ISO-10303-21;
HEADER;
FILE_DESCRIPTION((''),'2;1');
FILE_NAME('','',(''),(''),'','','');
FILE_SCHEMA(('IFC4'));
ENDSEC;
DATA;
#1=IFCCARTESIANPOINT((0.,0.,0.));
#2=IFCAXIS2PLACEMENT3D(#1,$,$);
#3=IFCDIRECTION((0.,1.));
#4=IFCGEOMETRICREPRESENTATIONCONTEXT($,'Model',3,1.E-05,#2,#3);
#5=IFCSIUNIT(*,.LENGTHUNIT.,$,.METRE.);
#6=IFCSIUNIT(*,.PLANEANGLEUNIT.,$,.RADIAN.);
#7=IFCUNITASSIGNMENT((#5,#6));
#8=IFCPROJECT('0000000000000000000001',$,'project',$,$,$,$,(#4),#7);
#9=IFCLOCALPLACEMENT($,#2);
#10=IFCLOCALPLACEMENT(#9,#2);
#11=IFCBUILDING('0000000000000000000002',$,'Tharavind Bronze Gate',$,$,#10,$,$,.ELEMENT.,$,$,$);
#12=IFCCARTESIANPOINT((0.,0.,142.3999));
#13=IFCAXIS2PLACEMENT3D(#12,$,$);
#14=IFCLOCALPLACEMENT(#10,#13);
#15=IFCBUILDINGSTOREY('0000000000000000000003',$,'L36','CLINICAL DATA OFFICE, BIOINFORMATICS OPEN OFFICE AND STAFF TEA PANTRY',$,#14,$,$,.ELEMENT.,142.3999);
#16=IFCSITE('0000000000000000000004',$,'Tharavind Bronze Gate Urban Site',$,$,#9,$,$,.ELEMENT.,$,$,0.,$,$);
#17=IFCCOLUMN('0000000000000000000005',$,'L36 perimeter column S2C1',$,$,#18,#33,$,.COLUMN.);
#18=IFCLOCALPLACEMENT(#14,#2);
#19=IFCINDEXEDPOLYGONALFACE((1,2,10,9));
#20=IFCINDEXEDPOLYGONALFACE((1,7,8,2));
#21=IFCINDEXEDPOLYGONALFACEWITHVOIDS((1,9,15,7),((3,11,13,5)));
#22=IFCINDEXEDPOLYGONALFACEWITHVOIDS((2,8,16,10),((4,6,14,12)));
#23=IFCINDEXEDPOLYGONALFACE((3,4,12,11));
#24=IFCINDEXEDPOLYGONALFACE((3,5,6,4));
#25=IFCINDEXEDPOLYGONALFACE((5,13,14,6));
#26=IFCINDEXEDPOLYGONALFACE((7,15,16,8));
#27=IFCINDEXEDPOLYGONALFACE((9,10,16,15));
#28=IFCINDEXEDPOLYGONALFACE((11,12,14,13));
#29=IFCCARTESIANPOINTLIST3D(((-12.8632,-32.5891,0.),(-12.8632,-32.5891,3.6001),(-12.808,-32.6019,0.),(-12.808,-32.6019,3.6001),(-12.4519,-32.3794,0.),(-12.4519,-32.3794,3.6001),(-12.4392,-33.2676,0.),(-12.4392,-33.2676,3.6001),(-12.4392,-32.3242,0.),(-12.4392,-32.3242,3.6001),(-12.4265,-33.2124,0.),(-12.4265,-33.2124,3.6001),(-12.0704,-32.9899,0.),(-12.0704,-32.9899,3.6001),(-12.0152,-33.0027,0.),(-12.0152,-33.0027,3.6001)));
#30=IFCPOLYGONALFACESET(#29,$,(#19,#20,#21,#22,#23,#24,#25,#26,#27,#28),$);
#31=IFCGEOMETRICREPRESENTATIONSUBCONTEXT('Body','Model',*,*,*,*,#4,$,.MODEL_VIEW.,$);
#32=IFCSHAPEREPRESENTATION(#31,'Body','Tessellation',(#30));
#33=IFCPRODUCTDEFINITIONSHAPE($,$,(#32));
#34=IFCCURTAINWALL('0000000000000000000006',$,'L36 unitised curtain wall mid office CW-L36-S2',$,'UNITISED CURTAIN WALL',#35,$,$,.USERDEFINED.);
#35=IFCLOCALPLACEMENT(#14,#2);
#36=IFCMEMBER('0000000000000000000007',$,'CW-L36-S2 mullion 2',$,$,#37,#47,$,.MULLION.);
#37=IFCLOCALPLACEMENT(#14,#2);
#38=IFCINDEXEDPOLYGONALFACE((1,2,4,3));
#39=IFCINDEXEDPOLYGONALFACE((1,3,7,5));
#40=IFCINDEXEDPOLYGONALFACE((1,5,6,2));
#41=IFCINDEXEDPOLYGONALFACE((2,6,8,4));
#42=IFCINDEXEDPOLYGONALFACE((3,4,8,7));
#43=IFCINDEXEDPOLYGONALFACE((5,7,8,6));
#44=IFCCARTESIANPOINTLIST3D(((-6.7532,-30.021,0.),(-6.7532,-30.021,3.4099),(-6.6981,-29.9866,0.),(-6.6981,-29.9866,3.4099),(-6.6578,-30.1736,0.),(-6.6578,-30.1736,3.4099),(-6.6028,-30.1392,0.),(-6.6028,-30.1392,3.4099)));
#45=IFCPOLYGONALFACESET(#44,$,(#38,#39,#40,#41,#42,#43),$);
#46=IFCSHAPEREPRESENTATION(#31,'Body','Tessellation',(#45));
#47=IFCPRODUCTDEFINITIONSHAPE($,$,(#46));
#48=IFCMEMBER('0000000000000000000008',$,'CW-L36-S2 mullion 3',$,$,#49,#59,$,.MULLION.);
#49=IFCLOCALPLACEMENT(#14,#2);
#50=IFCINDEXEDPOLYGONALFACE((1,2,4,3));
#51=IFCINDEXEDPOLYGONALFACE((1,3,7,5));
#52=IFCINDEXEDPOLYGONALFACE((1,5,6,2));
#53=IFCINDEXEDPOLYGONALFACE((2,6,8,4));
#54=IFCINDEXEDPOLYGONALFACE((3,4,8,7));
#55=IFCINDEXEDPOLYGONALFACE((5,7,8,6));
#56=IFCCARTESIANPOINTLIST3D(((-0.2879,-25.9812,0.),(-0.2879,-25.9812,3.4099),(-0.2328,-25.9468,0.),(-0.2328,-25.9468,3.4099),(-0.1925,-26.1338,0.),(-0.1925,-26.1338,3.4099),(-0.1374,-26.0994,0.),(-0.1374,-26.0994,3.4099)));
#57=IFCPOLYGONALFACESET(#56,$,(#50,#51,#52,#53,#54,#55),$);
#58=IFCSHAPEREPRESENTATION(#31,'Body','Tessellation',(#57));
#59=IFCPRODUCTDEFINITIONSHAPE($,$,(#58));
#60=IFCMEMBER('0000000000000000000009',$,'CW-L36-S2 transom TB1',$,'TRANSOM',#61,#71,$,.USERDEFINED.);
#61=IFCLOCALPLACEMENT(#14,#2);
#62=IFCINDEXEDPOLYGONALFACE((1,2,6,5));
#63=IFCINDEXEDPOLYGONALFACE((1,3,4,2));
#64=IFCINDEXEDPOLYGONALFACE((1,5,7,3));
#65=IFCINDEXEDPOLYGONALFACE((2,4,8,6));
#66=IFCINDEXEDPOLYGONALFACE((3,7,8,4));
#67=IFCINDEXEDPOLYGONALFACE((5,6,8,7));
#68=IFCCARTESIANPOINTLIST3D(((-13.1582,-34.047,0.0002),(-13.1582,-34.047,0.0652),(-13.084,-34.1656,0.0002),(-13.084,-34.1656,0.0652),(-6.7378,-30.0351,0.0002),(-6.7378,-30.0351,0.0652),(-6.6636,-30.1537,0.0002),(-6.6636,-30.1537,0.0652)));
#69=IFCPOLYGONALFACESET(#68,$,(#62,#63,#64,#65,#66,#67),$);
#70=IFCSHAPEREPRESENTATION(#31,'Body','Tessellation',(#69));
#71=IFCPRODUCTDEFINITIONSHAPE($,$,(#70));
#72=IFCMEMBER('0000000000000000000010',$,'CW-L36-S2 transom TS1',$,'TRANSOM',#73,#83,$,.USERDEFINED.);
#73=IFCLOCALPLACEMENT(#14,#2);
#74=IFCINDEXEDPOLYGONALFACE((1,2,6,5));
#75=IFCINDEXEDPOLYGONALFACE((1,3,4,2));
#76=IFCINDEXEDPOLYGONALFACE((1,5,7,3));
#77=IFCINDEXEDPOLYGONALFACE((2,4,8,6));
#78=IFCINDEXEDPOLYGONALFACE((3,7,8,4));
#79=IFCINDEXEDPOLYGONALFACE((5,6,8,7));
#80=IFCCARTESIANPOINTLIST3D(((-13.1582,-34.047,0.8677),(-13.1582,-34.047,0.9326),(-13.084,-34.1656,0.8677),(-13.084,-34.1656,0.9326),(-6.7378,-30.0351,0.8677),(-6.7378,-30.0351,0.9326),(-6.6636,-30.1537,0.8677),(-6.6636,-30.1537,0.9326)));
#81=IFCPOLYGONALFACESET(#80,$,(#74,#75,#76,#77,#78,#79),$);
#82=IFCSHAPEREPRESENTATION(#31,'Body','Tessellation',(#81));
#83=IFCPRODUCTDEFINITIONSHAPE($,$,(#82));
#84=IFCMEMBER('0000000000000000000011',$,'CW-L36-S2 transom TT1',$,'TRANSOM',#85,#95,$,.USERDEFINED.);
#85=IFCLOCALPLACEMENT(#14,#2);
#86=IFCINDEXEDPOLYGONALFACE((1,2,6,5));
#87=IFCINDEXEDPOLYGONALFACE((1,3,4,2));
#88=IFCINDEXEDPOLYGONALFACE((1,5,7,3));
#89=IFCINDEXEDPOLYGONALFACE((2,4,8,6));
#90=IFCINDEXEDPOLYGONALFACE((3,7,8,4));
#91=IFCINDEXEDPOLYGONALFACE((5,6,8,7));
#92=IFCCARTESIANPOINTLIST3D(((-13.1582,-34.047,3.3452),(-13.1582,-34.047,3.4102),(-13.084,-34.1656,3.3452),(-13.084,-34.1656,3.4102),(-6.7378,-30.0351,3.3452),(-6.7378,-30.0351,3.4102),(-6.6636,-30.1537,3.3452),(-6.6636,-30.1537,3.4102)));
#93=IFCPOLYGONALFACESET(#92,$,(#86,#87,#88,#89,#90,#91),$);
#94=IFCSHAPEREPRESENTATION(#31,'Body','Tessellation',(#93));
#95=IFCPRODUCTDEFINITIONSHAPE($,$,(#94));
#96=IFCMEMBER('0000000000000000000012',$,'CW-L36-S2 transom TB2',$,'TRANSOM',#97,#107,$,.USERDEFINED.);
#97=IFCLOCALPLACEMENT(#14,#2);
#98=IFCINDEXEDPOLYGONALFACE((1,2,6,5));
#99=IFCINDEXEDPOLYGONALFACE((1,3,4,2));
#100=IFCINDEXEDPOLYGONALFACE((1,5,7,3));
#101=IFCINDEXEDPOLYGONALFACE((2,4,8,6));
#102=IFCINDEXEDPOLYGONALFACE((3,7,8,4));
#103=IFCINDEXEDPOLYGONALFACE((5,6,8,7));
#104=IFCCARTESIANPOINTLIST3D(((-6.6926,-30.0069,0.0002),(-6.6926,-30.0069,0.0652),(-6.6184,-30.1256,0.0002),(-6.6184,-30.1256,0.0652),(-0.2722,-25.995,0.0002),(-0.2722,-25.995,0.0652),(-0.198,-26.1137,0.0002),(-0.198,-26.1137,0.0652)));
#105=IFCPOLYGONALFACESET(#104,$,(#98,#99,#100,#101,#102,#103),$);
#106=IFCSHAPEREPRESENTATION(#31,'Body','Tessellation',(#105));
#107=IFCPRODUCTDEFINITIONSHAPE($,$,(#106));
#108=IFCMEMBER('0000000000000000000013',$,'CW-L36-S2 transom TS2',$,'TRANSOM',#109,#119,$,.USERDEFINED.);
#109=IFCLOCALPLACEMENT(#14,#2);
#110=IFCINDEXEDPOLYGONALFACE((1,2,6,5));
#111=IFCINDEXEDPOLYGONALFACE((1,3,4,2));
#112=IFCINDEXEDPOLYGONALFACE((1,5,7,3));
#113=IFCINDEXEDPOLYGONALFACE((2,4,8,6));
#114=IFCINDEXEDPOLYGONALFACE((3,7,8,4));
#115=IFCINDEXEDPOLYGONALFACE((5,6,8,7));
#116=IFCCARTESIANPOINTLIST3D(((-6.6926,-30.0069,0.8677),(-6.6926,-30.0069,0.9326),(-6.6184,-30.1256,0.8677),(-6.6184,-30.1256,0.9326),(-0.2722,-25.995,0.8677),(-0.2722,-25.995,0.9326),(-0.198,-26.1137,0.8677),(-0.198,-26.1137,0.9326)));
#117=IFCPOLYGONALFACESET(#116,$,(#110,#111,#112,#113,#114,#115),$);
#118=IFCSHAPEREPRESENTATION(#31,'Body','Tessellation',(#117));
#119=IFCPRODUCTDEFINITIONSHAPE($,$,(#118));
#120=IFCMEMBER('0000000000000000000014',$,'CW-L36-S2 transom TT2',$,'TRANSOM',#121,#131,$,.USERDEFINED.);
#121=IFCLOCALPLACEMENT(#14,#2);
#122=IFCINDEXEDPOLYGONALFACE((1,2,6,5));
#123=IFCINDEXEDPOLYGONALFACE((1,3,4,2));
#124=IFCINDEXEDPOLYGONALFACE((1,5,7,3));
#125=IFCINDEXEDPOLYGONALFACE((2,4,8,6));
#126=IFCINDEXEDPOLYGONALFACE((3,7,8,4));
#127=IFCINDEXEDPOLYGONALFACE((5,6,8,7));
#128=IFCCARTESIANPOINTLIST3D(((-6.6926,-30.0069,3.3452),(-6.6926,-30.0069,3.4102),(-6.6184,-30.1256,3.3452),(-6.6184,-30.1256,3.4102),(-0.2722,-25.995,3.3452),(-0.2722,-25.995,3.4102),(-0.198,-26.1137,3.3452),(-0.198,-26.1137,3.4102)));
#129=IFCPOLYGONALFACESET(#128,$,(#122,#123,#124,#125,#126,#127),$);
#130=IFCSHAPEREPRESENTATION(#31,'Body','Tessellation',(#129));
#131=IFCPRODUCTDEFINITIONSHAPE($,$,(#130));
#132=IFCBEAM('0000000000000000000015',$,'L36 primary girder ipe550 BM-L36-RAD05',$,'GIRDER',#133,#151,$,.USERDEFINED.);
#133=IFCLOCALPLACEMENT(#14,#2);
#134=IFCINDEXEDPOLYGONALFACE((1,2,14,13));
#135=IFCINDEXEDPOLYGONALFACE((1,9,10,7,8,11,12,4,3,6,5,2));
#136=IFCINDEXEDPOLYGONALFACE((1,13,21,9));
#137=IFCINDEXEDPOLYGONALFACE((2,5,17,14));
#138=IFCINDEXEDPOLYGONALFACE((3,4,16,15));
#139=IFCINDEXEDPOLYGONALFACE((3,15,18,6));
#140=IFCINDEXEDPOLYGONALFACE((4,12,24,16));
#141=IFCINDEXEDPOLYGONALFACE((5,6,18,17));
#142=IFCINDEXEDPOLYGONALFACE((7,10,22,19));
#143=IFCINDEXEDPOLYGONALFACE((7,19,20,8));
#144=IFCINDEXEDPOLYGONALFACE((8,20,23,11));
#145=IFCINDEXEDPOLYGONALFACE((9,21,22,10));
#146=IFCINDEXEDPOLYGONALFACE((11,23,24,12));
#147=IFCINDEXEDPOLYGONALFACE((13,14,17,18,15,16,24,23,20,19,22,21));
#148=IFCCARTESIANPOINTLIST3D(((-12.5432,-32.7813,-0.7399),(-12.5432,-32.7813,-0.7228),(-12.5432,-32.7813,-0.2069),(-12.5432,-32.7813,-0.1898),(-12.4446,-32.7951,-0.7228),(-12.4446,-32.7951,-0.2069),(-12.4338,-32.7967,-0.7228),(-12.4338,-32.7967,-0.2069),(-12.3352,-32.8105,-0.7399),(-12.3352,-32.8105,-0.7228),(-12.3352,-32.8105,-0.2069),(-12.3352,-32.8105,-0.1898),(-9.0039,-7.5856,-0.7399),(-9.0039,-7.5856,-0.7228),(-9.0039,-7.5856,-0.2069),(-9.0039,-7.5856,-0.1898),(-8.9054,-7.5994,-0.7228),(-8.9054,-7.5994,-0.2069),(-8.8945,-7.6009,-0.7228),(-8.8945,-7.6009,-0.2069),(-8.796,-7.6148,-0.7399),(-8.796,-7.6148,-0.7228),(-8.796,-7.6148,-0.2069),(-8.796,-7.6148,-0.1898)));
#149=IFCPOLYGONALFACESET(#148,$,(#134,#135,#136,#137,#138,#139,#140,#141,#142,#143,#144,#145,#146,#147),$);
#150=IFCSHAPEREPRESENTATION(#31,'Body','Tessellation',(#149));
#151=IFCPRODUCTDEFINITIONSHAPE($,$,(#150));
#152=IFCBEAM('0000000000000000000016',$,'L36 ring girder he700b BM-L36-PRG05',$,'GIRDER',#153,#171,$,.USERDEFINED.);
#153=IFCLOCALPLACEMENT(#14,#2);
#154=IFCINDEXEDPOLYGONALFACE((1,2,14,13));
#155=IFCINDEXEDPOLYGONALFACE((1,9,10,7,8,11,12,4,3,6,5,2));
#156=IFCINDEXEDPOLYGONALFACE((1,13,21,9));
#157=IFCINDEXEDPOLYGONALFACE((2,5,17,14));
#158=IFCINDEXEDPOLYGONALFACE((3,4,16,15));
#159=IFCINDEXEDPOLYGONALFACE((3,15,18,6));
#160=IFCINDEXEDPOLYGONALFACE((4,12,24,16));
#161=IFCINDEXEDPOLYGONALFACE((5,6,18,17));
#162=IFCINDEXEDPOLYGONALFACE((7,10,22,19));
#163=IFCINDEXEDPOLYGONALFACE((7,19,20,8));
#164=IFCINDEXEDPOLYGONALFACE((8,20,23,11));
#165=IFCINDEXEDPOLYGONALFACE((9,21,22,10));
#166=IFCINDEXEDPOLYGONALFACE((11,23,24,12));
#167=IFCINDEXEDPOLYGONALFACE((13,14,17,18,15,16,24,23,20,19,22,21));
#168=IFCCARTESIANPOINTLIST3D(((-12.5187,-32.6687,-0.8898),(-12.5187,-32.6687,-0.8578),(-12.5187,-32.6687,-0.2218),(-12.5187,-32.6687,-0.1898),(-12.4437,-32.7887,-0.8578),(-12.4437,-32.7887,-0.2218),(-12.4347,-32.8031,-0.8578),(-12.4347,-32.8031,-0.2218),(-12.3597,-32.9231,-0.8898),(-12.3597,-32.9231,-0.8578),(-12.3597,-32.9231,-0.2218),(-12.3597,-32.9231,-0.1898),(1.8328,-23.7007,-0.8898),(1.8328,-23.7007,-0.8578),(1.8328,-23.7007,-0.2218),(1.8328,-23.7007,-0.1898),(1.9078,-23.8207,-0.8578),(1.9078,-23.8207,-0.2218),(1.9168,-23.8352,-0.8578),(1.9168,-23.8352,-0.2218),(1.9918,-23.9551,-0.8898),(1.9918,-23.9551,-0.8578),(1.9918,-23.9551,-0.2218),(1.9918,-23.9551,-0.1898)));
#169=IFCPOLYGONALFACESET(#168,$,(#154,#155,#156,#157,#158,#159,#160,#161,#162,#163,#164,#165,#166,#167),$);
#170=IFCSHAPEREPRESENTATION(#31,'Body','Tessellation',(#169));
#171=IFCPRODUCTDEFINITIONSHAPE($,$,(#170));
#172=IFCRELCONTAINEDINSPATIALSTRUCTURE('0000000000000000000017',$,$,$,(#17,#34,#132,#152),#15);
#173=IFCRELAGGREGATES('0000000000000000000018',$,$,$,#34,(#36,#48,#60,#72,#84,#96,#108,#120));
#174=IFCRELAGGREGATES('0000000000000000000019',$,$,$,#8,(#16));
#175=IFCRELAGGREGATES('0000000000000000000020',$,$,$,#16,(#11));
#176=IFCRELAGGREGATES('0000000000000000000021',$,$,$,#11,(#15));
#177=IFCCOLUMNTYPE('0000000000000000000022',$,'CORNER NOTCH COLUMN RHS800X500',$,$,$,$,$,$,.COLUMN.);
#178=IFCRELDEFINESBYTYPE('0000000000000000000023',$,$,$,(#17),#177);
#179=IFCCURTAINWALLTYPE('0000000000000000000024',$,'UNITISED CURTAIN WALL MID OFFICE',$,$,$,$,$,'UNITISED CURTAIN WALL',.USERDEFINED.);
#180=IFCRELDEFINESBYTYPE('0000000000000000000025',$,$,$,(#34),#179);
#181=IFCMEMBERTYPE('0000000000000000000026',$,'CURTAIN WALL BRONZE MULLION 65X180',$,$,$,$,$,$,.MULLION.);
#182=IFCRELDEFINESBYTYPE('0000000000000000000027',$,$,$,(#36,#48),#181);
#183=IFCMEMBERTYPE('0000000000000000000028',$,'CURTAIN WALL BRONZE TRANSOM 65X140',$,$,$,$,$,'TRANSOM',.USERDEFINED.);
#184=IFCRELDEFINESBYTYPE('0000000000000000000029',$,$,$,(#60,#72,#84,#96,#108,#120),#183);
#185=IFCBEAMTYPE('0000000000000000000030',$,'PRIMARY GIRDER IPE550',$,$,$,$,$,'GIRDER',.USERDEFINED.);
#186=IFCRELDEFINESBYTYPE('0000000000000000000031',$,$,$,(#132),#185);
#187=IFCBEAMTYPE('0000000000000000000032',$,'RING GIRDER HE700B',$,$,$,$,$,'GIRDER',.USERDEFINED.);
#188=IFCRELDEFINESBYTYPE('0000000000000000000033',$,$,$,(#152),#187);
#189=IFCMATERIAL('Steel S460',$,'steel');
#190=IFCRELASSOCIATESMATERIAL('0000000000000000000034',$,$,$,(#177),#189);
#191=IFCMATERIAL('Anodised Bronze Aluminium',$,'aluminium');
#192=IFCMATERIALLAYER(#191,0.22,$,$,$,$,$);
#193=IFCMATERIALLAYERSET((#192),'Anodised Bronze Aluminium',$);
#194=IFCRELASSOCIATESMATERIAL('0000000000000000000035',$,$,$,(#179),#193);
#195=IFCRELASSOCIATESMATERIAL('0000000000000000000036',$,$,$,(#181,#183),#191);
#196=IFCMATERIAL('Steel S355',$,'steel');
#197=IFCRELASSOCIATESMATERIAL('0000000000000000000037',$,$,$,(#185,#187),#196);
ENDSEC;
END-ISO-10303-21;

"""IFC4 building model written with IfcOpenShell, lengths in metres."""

from ifc_helpers import new_model, si_unit, direction, frame, origin, origin_2d, place, context, subcontext, project, spatial, rectangle, hollow_rectangle, i_section, extrude, material, layer, layer_set, material_profile, profile_set, type_object, element, aggregate, save


model = new_model("IFC4")

# Units and contexts
model_context = context("Model", 3, precision=1e-05, world=origin(), true_north=direction((0.0, 1.0)))
body_context = subcontext(model_context, "Body", "Model", "MODEL_VIEW")
ifc_project = project(units=[si_unit("LENGTHUNIT", "METRE"), si_unit("PLANEANGLEUNIT", "RADIAN")], contexts=[model_context])

# Site, building, storey
site_placement = place(None, origin())
site = spatial("IfcSite", under=ifc_project, at=site_placement, Name="Tharavind Bronze Gate Urban Site", CompositionType="ELEMENT", RefElevation=0.0)
building_placement = place(site_placement, origin())
building = spatial("IfcBuilding", under=site, at=building_placement, Name="Tharavind Bronze Gate", CompositionType="ELEMENT")
storey_placement = place(building_placement, frame((0.0, 0.0, 142.3999)))
storey = spatial("IfcBuildingStorey", under=building, at=storey_placement, Name="L36", Description="CLINICAL DATA OFFICE, BIOINFORMATICS OPEN OFFICE AND STAFF TEA PANTRY", CompositionType="ELEMENT", Elevation=142.3999)

# Column
ifc_material_1 = material(Name="Steel S460", Category="steel")
ifc_material_profile_1 = material_profile(ifc_material_1, hollow_rectangle(XDim=0.5, YDim=0.8, WallThickness=0.04, at=origin_2d()), Name="RHS800X500X40")
ifc_profile_set_1 = profile_set([ifc_material_profile_1], Name="Steel S460")
column_type = type_object("IfcColumnType", Name="CORNER NOTCH COLUMN RHS800X500", PredefinedType="COLUMN", material=ifc_profile_set_1)
column_placement = place(storey_placement, frame((-12.4392, -32.7959, 0.0), z_axis=(0.0, 0.0, 1.0), x_axis=(0.848047, 0.529921, 0.0)))
element("IfcColumn", 1, at=column_placement, inside=storey, type_object=column_type, Name="L36 perimeter column S2C1", PredefinedType="COLUMN", context=body_context, shape_type="SweptSolid", body=[
    extrude(hollow_rectangle(XDim=0.5, YDim=0.8, WallThickness=0.04, at=origin_2d()), origin(), (0.0, 0.0, 1.0), 3.6001),
])

# Curtain wall, members
ifc_material_2 = material(Name="Anodised Bronze Aluminium", Category="aluminium")
ifc_layer_1 = layer(ifc_material_2, 0.22)
ifc_layer_set_1 = layer_set([ifc_layer_1], Name="Anodised Bronze Aluminium")
curtain_wall_type = type_object("IfcCurtainWallType", Name="UNITISED CURTAIN WALL MID OFFICE", ElementType="UNITISED CURTAIN WALL", PredefinedType="USERDEFINED", material=ifc_layer_set_1)
curtain_wall_placement = place(storey_placement, origin())
curtain_wall = element("IfcCurtainWall", 2, at=curtain_wall_placement, inside=storey, type_object=curtain_wall_type, Name="L36 unitised curtain wall mid office CW-L36-S2", ObjectType="UNITISED CURTAIN WALL", PredefinedType="USERDEFINED")
member_type_1 = type_object("IfcMemberType", Name="CURTAIN WALL BRONZE MULLION 65X180", PredefinedType="MULLION", material=ifc_material_2)
member_1_placement = place(storey_placement, frame((-6.678, -30.0801, 0.0), z_axis=(0.0, 0.0, 1.0), x_axis=(0.848048, 0.529919, 0.0)))
member_1 = element("IfcMember", 3, at=member_1_placement, type_object=member_type_1, Name="CW-L36-S2 mullion 2", PredefinedType="MULLION", context=body_context, shape_type="SweptSolid", body=[
    extrude(rectangle(XDim=0.0649, YDim=0.1799, at=origin_2d()), origin(), (0.0, 0.0, 1.0), 3.4099),
])
member_2_placement = place(storey_placement, frame((-0.2126, -26.0403, 0.0), z_axis=(0.0, 0.0, 1.0), x_axis=(0.848048, 0.529919, 0.0)))
member_2 = element("IfcMember", 4, at=member_2_placement, type_object=member_type_1, Name="CW-L36-S2 mullion 3", PredefinedType="MULLION", context=body_context, shape_type="SweptSolid", body=[
    extrude(rectangle(XDim=0.0649, YDim=0.1799, at=origin_2d()), origin(), (0.0, 0.0, 1.0), 3.4099),
])
member_type_2 = type_object("IfcMemberType", Name="CURTAIN WALL BRONZE TRANSOM 65X140", ElementType="TRANSOM", PredefinedType="USERDEFINED", material=ifc_material_2)
member_3_placement = place(storey_placement, frame((-9.9109, -32.1003, 0.0002), z_axis=(0.0, 0.0, 1.0), x_axis=(0.848048, 0.529919, 0.0)))
member_3 = element("IfcMember", 5, at=member_3_placement, type_object=member_type_2, Name="CW-L36-S2 transom TB1", ObjectType="TRANSOM", PredefinedType="USERDEFINED", context=body_context, shape_type="SweptSolid", body=[
    extrude(rectangle(XDim=7.5708, YDim=0.1399, at=origin_2d()), origin(), (0.0, 0.0, 1.0), 0.0649),
])
member_4_placement = place(storey_placement, frame((-9.9109, -32.1003, 0.8677), z_axis=(0.0, 0.0, 1.0), x_axis=(0.848048, 0.529919, 0.0)))
member_4 = element("IfcMember", 6, at=member_4_placement, type_object=member_type_2, Name="CW-L36-S2 transom TS1", ObjectType="TRANSOM", PredefinedType="USERDEFINED", context=body_context, shape_type="SweptSolid", body=[
    extrude(rectangle(XDim=7.5708, YDim=0.1399, at=origin_2d()), origin(), (0.0, 0.0, 1.0), 0.0649),
])
member_5_placement = place(storey_placement, frame((-9.9109, -32.1003, 3.3452), z_axis=(0.0, 0.0, 1.0), x_axis=(0.848048, 0.529919, 0.0)))
member_5 = element("IfcMember", 7, at=member_5_placement, type_object=member_type_2, Name="CW-L36-S2 transom TT1", ObjectType="TRANSOM", PredefinedType="USERDEFINED", context=body_context, shape_type="SweptSolid", body=[
    extrude(rectangle(XDim=7.5708, YDim=0.1399, at=origin_2d()), origin(), (0.0, 0.0, 1.0), 0.0649),
])
member_6_placement = place(storey_placement, frame((-3.4453, -28.0603, 0.0002), z_axis=(0.0, 0.0, 1.0), x_axis=(0.848048, 0.529919, 0.0)))
member_6 = element("IfcMember", 8, at=member_6_placement, type_object=member_type_2, Name="CW-L36-S2 transom TB2", ObjectType="TRANSOM", PredefinedType="USERDEFINED", context=body_context, shape_type="SweptSolid", body=[
    extrude(rectangle(XDim=7.5708, YDim=0.1399, at=origin_2d()), origin(), (0.0, 0.0, 1.0), 0.0649),
])
member_7_placement = place(storey_placement, frame((-3.4453, -28.0603, 0.8677), z_axis=(0.0, 0.0, 1.0), x_axis=(0.848048, 0.529919, 0.0)))
member_7 = element("IfcMember", 9, at=member_7_placement, type_object=member_type_2, Name="CW-L36-S2 transom TS2", ObjectType="TRANSOM", PredefinedType="USERDEFINED", context=body_context, shape_type="SweptSolid", body=[
    extrude(rectangle(XDim=7.5708, YDim=0.1399, at=origin_2d()), origin(), (0.0, 0.0, 1.0), 0.0649),
])
member_8_placement = place(storey_placement, frame((-3.4453, -28.0603, 3.3452), z_axis=(0.0, 0.0, 1.0), x_axis=(0.848048, 0.529919, 0.0)))
member_8 = element("IfcMember", 10, at=member_8_placement, type_object=member_type_2, Name="CW-L36-S2 transom TT2", ObjectType="TRANSOM", PredefinedType="USERDEFINED", context=body_context, shape_type="SweptSolid", body=[
    extrude(rectangle(XDim=7.5708, YDim=0.1399, at=origin_2d()), origin(), (0.0, 0.0, 1.0), 0.0649),
])

# Beams
ifc_material_3 = material(Name="Steel S355", Category="steel")
ifc_material_profile_2 = material_profile(ifc_material_3, i_section(OverallWidth=0.21, OverallDepth=0.55, WebThickness=0.011, FlangeThickness=0.0171, at=origin_2d()), Name="IPE550")
ifc_profile_set_2 = profile_set([ifc_material_profile_2], Name="Steel S355")
beam_type_1 = type_object("IfcBeamType", Name="PRIMARY GIRDER IPE550", ElementType="GIRDER", PredefinedType="USERDEFINED", material=ifc_profile_set_2)
beam_1_placement = place(storey_placement, frame((-12.4392, -32.7959, -0.4648), z_axis=(0.139106, 0.990277, 0.0), x_axis=(-0.990277, 0.139106, 0.0)))
element("IfcBeam", 11, at=beam_1_placement, inside=storey, type_object=beam_type_1, Name="L36 primary girder ipe550 BM-L36-RAD05", ObjectType="GIRDER", PredefinedType="USERDEFINED", context=body_context, shape_type="SweptSolid", body=[
    extrude(i_section(OverallWidth=0.21, OverallDepth=0.55, WebThickness=0.011, FlangeThickness=0.0171, at=origin_2d()), origin(), (0.0, 0.0, 1.0), 25.4431),
])
ifc_material_profile_3 = material_profile(ifc_material_3, i_section(OverallWidth=0.3, OverallDepth=0.7, WebThickness=0.0171, FlangeThickness=0.032, at=origin_2d()), Name="HE700B")
ifc_profile_set_3 = profile_set([ifc_material_profile_3], Name="Steel S355")
beam_type_2 = type_object("IfcBeamType", Name="RING GIRDER HE700B", ElementType="GIRDER", PredefinedType="USERDEFINED", material=ifc_profile_set_3)
beam_2_placement = place(storey_placement, frame((-12.4392, -32.7959, -0.5398), z_axis=(0.848044, 0.529926, 0.0), x_axis=(-0.529926, 0.848044, 0.0)))
element("IfcBeam", 12, at=beam_2_placement, inside=storey, type_object=beam_type_2, Name="L36 ring girder he700b BM-L36-PRG05", ObjectType="GIRDER", PredefinedType="USERDEFINED", context=body_context, shape_type="SweptSolid", body=[
    extrude(i_section(OverallWidth=0.3, OverallDepth=0.7, WebThickness=0.0171, FlangeThickness=0.032, at=origin_2d()), origin(), (0.0, 0.0, 1.0), 16.9231),
])

aggregate(curtain_wall, [member_1, member_2, member_3, member_4, member_5, member_6, member_7, member_8])

save(model, "model.ifc")
